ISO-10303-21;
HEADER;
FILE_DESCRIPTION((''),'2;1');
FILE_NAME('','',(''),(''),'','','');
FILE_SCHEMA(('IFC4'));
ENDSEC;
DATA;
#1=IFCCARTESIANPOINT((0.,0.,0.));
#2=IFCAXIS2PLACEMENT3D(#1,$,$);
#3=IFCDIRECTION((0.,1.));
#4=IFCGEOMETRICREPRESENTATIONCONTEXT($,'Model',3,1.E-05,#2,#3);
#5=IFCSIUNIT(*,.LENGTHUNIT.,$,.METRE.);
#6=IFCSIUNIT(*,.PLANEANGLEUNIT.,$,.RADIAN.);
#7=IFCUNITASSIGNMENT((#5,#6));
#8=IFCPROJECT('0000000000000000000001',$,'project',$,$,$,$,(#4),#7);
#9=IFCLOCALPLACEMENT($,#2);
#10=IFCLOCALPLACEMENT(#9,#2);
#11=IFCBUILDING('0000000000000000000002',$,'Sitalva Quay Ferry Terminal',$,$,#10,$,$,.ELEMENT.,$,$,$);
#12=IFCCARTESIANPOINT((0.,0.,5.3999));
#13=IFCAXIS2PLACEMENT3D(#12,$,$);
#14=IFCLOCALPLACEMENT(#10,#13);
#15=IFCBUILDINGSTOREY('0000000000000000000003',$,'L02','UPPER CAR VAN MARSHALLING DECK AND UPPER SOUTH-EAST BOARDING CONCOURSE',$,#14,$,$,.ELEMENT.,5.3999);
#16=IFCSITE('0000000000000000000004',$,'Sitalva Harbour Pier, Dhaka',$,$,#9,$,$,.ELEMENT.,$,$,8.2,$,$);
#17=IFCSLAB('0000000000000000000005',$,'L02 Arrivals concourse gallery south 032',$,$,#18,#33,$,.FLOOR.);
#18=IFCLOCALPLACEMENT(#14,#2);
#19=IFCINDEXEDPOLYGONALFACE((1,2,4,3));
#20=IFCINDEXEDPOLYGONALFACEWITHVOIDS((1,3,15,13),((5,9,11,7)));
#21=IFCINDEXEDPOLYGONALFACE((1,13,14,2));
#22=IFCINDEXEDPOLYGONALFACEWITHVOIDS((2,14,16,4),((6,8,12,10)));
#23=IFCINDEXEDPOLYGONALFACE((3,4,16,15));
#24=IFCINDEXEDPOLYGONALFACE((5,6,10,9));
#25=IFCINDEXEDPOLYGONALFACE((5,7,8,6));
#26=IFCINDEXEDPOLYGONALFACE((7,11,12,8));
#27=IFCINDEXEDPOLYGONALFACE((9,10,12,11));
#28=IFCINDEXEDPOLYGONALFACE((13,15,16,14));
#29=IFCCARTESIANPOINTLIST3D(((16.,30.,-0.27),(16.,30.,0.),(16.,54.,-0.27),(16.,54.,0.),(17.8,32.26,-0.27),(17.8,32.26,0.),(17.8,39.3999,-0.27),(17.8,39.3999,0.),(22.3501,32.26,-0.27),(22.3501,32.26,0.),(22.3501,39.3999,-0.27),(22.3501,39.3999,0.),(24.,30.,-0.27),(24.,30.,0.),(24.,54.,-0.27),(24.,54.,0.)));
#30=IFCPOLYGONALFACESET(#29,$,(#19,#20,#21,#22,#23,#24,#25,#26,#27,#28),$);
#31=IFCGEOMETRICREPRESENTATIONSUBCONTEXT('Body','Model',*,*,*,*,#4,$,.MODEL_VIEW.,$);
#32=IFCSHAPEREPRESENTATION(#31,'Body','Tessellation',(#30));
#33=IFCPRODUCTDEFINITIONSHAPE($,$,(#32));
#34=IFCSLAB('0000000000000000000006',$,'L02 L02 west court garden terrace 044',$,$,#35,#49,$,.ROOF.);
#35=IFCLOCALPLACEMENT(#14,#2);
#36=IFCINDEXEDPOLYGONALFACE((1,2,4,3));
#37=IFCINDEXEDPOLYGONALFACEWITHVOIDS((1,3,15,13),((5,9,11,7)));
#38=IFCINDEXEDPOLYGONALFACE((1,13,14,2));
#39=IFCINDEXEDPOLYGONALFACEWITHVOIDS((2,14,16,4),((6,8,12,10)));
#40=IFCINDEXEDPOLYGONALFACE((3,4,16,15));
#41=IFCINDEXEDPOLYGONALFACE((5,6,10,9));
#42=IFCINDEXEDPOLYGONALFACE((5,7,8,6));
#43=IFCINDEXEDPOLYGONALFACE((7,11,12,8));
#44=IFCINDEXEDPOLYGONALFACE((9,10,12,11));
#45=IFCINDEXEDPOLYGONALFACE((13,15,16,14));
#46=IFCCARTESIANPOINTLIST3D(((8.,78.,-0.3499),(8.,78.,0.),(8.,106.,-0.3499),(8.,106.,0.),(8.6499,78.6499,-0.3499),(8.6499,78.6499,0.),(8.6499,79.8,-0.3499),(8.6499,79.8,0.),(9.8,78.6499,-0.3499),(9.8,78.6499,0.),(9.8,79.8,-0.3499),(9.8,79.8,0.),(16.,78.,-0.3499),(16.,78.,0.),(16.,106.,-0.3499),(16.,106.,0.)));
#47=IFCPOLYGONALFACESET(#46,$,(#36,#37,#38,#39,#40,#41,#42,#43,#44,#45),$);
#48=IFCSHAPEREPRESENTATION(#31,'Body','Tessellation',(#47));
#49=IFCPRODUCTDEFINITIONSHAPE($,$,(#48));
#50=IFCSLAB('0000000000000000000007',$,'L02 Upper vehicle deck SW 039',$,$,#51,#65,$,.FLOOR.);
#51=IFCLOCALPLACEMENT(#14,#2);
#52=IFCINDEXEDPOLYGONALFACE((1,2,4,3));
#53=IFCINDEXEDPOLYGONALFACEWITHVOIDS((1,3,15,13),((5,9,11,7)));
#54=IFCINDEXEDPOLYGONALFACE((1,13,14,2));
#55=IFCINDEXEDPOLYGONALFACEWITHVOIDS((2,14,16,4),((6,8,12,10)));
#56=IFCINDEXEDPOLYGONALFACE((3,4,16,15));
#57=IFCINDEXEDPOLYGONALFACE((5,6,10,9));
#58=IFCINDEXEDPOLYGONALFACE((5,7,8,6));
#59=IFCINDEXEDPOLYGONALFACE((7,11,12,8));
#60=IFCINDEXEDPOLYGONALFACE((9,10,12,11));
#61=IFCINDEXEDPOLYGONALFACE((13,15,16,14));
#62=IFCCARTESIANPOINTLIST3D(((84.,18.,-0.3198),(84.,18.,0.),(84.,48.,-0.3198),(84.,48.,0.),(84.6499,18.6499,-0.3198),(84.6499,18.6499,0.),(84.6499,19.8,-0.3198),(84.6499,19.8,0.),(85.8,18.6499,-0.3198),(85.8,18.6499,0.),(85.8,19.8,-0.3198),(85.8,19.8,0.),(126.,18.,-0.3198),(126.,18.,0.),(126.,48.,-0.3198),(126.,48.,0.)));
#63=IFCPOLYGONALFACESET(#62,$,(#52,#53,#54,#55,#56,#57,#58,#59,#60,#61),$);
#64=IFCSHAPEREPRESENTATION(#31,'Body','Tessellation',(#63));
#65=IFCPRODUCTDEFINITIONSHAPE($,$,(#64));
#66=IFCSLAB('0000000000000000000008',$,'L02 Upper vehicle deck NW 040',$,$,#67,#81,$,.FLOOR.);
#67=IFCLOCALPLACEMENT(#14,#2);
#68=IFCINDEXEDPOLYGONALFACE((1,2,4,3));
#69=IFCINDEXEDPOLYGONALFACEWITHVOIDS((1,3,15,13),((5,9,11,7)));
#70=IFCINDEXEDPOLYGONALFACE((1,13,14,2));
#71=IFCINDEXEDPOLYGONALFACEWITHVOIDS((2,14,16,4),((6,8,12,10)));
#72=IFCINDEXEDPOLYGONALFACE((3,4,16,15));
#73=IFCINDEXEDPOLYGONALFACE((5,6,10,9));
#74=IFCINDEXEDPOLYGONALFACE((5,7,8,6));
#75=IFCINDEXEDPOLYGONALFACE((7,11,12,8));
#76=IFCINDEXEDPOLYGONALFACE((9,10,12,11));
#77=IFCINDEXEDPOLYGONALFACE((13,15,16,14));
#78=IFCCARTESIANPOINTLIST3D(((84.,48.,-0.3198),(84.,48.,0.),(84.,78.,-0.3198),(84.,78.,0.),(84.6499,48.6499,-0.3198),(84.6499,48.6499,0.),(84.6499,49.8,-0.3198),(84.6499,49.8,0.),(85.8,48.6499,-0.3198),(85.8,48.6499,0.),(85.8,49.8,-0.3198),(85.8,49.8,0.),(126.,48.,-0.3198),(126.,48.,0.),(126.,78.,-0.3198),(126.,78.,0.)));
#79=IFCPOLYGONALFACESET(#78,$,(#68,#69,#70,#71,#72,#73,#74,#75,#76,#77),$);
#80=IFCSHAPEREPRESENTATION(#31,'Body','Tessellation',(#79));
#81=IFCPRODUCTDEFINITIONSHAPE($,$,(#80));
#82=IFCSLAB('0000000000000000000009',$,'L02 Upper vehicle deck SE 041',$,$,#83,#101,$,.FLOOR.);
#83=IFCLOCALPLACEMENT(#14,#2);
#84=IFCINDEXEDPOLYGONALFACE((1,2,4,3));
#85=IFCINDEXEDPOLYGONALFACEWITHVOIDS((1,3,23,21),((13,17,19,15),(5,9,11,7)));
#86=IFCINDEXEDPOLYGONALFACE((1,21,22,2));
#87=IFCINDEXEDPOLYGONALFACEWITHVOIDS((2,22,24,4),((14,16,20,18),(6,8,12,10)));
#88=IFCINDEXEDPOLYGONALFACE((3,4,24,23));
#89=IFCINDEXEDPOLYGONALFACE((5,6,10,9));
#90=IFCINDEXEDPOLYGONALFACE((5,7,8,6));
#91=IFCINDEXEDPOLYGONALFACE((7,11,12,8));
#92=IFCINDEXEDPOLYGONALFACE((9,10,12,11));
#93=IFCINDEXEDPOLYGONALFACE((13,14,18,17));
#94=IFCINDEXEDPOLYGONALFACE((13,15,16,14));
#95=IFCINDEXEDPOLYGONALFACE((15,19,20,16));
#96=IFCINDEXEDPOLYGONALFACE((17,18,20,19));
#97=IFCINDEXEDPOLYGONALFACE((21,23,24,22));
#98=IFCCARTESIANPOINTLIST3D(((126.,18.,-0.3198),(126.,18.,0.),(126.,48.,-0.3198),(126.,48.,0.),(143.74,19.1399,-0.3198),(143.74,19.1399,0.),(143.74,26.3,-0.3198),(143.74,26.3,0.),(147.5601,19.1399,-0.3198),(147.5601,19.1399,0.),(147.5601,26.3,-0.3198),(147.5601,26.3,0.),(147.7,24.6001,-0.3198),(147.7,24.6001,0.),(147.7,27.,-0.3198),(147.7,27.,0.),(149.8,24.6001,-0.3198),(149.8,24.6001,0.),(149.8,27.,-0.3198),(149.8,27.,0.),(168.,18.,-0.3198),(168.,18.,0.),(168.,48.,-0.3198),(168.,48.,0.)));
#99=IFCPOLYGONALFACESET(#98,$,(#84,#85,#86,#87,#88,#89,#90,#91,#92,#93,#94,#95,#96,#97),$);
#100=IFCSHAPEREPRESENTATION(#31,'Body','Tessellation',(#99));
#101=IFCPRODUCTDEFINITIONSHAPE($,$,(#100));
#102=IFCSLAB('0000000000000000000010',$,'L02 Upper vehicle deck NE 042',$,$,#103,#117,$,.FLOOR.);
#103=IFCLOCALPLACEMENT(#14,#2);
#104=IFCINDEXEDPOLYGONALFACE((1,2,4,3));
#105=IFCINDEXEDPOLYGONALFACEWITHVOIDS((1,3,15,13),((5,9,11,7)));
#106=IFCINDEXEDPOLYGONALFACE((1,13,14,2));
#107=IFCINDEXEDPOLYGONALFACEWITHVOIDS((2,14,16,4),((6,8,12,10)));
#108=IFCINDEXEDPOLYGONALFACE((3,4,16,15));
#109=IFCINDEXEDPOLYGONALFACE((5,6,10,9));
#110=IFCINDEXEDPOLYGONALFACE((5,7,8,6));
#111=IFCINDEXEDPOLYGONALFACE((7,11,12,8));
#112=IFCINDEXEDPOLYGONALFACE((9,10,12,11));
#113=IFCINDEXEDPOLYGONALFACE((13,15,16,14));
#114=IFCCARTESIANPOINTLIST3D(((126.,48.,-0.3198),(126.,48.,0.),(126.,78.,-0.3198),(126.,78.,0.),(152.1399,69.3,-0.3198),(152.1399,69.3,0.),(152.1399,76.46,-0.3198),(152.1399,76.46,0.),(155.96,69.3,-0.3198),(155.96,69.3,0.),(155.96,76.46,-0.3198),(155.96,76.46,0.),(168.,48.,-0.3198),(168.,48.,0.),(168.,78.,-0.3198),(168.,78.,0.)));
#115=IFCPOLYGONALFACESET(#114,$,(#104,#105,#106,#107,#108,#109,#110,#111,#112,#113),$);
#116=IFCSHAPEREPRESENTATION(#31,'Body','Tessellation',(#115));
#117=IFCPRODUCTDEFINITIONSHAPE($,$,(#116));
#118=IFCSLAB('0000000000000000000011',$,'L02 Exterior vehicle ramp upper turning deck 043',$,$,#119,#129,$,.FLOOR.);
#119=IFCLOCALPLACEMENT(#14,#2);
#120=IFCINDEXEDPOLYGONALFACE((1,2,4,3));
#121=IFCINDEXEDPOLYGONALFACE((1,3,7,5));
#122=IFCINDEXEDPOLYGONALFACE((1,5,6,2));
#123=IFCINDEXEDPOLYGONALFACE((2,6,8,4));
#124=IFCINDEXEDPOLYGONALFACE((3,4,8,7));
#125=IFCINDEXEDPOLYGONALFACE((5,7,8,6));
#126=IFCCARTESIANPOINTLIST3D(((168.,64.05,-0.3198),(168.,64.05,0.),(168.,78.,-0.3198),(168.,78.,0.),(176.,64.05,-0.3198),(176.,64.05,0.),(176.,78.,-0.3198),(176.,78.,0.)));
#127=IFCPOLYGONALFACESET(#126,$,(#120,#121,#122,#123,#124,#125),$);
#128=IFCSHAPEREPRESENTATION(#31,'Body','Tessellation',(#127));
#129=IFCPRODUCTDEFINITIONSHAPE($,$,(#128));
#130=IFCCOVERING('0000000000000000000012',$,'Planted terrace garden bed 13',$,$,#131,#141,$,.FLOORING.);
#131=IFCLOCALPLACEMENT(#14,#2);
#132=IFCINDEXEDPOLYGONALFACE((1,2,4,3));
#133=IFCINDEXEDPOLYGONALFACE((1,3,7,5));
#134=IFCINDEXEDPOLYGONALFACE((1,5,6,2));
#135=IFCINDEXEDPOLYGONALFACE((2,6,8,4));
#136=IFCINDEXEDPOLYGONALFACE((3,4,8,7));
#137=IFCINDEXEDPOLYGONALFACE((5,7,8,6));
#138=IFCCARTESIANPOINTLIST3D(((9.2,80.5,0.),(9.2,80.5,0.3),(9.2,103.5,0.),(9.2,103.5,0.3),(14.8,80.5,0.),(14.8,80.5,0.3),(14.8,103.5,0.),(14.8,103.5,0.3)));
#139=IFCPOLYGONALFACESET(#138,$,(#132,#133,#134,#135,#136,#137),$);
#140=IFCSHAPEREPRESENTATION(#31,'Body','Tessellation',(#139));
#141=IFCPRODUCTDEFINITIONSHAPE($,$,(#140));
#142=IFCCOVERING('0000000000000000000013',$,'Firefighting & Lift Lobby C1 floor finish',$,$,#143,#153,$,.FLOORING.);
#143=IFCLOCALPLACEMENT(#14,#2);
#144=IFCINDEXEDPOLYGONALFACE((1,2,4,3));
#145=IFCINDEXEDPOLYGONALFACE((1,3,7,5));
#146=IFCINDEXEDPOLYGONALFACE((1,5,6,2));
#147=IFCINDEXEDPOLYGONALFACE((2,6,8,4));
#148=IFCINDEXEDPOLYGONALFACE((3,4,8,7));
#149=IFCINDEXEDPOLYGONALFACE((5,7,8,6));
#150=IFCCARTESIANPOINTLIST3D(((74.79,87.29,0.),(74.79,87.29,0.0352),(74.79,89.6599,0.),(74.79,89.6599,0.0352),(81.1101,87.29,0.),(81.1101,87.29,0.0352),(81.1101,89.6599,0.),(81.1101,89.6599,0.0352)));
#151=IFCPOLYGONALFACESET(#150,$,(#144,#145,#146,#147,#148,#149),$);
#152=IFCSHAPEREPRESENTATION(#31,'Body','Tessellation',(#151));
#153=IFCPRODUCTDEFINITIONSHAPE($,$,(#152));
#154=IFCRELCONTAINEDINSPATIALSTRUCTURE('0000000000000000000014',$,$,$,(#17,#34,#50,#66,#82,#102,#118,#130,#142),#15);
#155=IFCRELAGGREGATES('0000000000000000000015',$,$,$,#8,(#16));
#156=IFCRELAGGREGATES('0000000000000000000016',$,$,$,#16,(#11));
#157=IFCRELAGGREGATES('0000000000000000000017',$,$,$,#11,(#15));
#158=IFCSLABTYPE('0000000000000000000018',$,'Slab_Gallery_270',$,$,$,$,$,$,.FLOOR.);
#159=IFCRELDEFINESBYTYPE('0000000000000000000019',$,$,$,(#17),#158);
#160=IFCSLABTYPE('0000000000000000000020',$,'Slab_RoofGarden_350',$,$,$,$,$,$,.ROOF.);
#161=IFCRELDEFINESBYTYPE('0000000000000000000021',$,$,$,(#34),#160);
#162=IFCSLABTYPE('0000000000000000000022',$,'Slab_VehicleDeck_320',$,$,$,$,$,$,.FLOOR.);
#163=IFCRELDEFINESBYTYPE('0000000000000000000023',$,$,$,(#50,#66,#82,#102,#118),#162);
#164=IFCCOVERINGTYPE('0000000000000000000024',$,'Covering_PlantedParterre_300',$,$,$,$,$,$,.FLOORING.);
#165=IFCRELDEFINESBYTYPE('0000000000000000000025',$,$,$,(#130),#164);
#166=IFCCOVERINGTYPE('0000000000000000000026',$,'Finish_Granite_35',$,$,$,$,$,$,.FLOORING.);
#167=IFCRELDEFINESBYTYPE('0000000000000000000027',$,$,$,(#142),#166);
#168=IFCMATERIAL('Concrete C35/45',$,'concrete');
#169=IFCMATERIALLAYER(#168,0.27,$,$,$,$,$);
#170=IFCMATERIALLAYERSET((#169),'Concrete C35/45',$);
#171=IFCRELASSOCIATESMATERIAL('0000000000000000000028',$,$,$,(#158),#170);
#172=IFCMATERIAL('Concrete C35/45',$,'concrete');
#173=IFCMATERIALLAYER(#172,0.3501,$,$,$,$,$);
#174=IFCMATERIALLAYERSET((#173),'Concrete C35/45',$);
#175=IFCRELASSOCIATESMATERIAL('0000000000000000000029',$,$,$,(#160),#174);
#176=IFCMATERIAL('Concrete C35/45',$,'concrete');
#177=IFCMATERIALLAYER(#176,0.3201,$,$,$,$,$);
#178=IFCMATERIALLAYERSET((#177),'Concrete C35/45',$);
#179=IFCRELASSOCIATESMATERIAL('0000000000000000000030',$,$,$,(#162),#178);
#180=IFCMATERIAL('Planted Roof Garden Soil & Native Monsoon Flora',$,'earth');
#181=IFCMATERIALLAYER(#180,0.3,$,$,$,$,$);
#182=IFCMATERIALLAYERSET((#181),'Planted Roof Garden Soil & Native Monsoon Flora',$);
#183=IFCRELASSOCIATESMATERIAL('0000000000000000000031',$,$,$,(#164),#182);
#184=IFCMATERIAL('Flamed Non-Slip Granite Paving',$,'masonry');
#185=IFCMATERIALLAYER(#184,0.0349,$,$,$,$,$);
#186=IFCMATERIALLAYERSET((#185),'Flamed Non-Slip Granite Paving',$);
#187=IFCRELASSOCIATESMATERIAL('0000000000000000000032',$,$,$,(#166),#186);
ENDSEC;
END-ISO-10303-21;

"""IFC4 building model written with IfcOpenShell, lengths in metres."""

from ifc_helpers import new_model, si_unit, direction, frame, origin, place, context, subcontext, project, spatial, polyline, outline, extrude, material, layer, layer_set, type_object, element, save


model = new_model("IFC4")

# Units and contexts
model_context = context("Model", 3, precision=1e-05, world=origin(), true_north=direction((0.0, 1.0)))
body_context = subcontext(model_context, "Body", "Model", "MODEL_VIEW")
ifc_project = project(units=[si_unit("LENGTHUNIT", "METRE"), si_unit("PLANEANGLEUNIT", "RADIAN")], contexts=[model_context])

# Site, building, storey
site_placement = place(None, origin())
site = spatial("IfcSite", under=ifc_project, at=site_placement, Name="Sitalva Harbour Pier, Dhaka", CompositionType="ELEMENT", RefElevation=8.2)
building_placement = place(site_placement, origin())
building = spatial("IfcBuilding", under=site, at=building_placement, Name="Sitalva Quay Ferry Terminal", CompositionType="ELEMENT")
storey_placement = place(building_placement, frame((0.0, 0.0, 5.3999)))
storey = spatial("IfcBuildingStorey", under=building, at=storey_placement, Name="L02", Description="UPPER CAR VAN MARSHALLING DECK AND UPPER SOUTH-EAST BOARDING CONCOURSE", CompositionType="ELEMENT", Elevation=5.3999)

# Slabs
ifc_material_1 = material(Name="Concrete C35/45", Category="concrete")
ifc_layer_1 = layer(ifc_material_1, 0.27)
ifc_layer_set_1 = layer_set([ifc_layer_1], Name="Concrete C35/45")
slab_type_1 = type_object("IfcSlabType", Name="Slab_Gallery_270", PredefinedType="FLOOR", material=ifc_layer_set_1)
slab_1_placement = place(storey_placement, frame((0.0, 0.0, -0.27)))
element("IfcSlab", 1, at=slab_1_placement, inside=storey, type_object=slab_type_1, Name="L02 Arrivals concourse gallery south 032", PredefinedType="FLOOR", context=body_context, shape_type="SweptSolid", body=[
    extrude(outline(polyline([(16.0, 30.0), (24.0, 30.0), (24.0, 54.0), (16.0, 54.0), (16.0, 30.0)]), holes=[polyline([(17.8, 32.26), (17.8, 39.3999), (22.3501, 39.3999), (22.3501, 32.26), (17.8, 32.26)])]), origin(), (0.0, 0.0, 1.0), 0.27),
])
ifc_material_2 = material(Name="Concrete C35/45", Category="concrete")
ifc_layer_2 = layer(ifc_material_2, 0.3501)
ifc_layer_set_2 = layer_set([ifc_layer_2], Name="Concrete C35/45")
slab_type_2 = type_object("IfcSlabType", Name="Slab_RoofGarden_350", PredefinedType="ROOF", material=ifc_layer_set_2)
slab_2_placement = place(storey_placement, frame((0.0, 0.0, -0.3499)))
element("IfcSlab", 2, at=slab_2_placement, inside=storey, type_object=slab_type_2, Name="L02 L02 west court garden terrace 044", PredefinedType="ROOF", context=body_context, shape_type="SweptSolid", body=[
    extrude(outline(polyline([(8.0, 78.0), (16.0, 78.0), (16.0, 106.0), (8.0, 106.0), (8.0, 78.0)]), holes=[polyline([(8.6499, 78.6499), (8.6499, 79.8), (9.8, 79.8), (9.8, 78.6499), (8.6499, 78.6499)])]), origin(), (0.0, 0.0, 1.0), 0.3499),
])
ifc_material_3 = material(Name="Concrete C35/45", Category="concrete")
ifc_layer_3 = layer(ifc_material_3, 0.3201)
ifc_layer_set_3 = layer_set([ifc_layer_3], Name="Concrete C35/45")
slab_type_3 = type_object("IfcSlabType", Name="Slab_VehicleDeck_320", PredefinedType="FLOOR", material=ifc_layer_set_3)
slab_3_placement = place(storey_placement, frame((0.0, 0.0, -0.3198)))
element("IfcSlab", 3, at=slab_3_placement, inside=storey, type_object=slab_type_3, Name="L02 Upper vehicle deck SW 039", PredefinedType="FLOOR", context=body_context, shape_type="SweptSolid", body=[
    extrude(outline(polyline([(84.0, 18.0), (126.0, 18.0), (126.0, 48.0), (84.0, 48.0), (84.0, 18.0)]), holes=[polyline([(84.6499, 18.6499), (84.6499, 19.8), (85.8, 19.8), (85.8, 18.6499), (84.6499, 18.6499)])]), origin(), (0.0, 0.0, 1.0), 0.3198),
])
slab_4_placement = place(storey_placement, frame((0.0, 0.0, -0.3198)))
element("IfcSlab", 4, at=slab_4_placement, inside=storey, type_object=slab_type_3, Name="L02 Upper vehicle deck NW 040", PredefinedType="FLOOR", context=body_context, shape_type="SweptSolid", body=[
    extrude(outline(polyline([(84.0, 48.0), (126.0, 48.0), (126.0, 78.0), (84.0, 78.0), (84.0, 48.0)]), holes=[polyline([(84.6499, 48.6499), (84.6499, 49.8), (85.8, 49.8), (85.8, 48.6499), (84.6499, 48.6499)])]), origin(), (0.0, 0.0, 1.0), 0.3198),
])
slab_5_placement = place(storey_placement, frame((0.0, 0.0, -0.3198)))
element("IfcSlab", 5, at=slab_5_placement, inside=storey, type_object=slab_type_3, Name="L02 Upper vehicle deck SE 041", PredefinedType="FLOOR", context=body_context, shape_type="SweptSolid", body=[
    extrude(outline(polyline([(126.0, 18.0), (168.0, 18.0), (168.0, 48.0), (126.0, 48.0), (126.0, 18.0)]), holes=[polyline([(143.74, 19.1399), (143.74, 26.3), (147.5601, 26.3), (147.5601, 19.1399), (143.74, 19.1399)]), polyline([(147.7, 24.6001), (147.7, 27.0), (149.8, 27.0), (149.8, 24.6001), (147.7, 24.6001)])]), origin(), (0.0, 0.0, 1.0), 0.3198),
])
slab_6_placement = place(storey_placement, frame((0.0, 0.0, -0.3198)))
element("IfcSlab", 6, at=slab_6_placement, inside=storey, type_object=slab_type_3, Name="L02 Upper vehicle deck NE 042", PredefinedType="FLOOR", context=body_context, shape_type="SweptSolid", body=[
    extrude(outline(polyline([(126.0, 48.0), (168.0, 48.0), (168.0, 78.0), (126.0, 78.0), (126.0, 48.0)]), holes=[polyline([(152.1399, 69.3), (152.1399, 76.46), (155.96, 76.46), (155.96, 69.3), (152.1399, 69.3)])]), origin(), (0.0, 0.0, 1.0), 0.3198),
])
slab_7_placement = place(storey_placement, frame((0.0, 0.0, -0.3198)))
element("IfcSlab", 7, at=slab_7_placement, inside=storey, type_object=slab_type_3, Name="L02 Exterior vehicle ramp upper turning deck 043", PredefinedType="FLOOR", context=body_context, shape_type="SweptSolid", body=[
    extrude(outline(polyline([(168.0, 64.05), (176.0, 64.05), (176.0, 78.0), (168.0, 78.0), (168.0, 64.05)])), origin(), (0.0, 0.0, 1.0), 0.3198),
])

# Coverings
ifc_material_4 = material(Name="Planted Roof Garden Soil & Native Monsoon Flora", Category="earth")
ifc_layer_4 = layer(ifc_material_4, 0.3)
ifc_layer_set_4 = layer_set([ifc_layer_4], Name="Planted Roof Garden Soil & Native Monsoon Flora")
covering_type_1 = type_object("IfcCoveringType", Name="Covering_PlantedParterre_300", PredefinedType="FLOORING", material=ifc_layer_set_4)
covering_1_placement = place(storey_placement, origin())
element("IfcCovering", 8, at=covering_1_placement, inside=storey, type_object=covering_type_1, Name="Planted terrace garden bed 13", PredefinedType="FLOORING", context=body_context, shape_type="SweptSolid", body=[
    extrude(outline(polyline([(9.2, 80.5), (14.8, 80.5), (14.8, 103.5), (9.2, 103.5), (9.2, 80.5)])), origin(), (0.0, 0.0, 1.0), 0.3),
])
ifc_material_5 = material(Name="Flamed Non-Slip Granite Paving", Category="masonry")
ifc_layer_5 = layer(ifc_material_5, 0.0349)
ifc_layer_set_5 = layer_set([ifc_layer_5], Name="Flamed Non-Slip Granite Paving")
covering_type_2 = type_object("IfcCoveringType", Name="Finish_Granite_35", PredefinedType="FLOORING", material=ifc_layer_set_5)
covering_2_placement = place(storey_placement, origin())
element("IfcCovering", 9, at=covering_2_placement, inside=storey, type_object=covering_type_2, Name="Firefighting & Lift Lobby C1 floor finish", PredefinedType="FLOORING", context=body_context, shape_type="SweptSolid", body=[
    extrude(outline(polyline([(74.79, 87.29), (81.1101, 87.29), (81.1101, 89.6599), (74.79, 89.6599), (74.79, 87.29)])), origin(), (0.0, 0.0, 1.0), 0.0352),
])

save(model, "model.ifc")
